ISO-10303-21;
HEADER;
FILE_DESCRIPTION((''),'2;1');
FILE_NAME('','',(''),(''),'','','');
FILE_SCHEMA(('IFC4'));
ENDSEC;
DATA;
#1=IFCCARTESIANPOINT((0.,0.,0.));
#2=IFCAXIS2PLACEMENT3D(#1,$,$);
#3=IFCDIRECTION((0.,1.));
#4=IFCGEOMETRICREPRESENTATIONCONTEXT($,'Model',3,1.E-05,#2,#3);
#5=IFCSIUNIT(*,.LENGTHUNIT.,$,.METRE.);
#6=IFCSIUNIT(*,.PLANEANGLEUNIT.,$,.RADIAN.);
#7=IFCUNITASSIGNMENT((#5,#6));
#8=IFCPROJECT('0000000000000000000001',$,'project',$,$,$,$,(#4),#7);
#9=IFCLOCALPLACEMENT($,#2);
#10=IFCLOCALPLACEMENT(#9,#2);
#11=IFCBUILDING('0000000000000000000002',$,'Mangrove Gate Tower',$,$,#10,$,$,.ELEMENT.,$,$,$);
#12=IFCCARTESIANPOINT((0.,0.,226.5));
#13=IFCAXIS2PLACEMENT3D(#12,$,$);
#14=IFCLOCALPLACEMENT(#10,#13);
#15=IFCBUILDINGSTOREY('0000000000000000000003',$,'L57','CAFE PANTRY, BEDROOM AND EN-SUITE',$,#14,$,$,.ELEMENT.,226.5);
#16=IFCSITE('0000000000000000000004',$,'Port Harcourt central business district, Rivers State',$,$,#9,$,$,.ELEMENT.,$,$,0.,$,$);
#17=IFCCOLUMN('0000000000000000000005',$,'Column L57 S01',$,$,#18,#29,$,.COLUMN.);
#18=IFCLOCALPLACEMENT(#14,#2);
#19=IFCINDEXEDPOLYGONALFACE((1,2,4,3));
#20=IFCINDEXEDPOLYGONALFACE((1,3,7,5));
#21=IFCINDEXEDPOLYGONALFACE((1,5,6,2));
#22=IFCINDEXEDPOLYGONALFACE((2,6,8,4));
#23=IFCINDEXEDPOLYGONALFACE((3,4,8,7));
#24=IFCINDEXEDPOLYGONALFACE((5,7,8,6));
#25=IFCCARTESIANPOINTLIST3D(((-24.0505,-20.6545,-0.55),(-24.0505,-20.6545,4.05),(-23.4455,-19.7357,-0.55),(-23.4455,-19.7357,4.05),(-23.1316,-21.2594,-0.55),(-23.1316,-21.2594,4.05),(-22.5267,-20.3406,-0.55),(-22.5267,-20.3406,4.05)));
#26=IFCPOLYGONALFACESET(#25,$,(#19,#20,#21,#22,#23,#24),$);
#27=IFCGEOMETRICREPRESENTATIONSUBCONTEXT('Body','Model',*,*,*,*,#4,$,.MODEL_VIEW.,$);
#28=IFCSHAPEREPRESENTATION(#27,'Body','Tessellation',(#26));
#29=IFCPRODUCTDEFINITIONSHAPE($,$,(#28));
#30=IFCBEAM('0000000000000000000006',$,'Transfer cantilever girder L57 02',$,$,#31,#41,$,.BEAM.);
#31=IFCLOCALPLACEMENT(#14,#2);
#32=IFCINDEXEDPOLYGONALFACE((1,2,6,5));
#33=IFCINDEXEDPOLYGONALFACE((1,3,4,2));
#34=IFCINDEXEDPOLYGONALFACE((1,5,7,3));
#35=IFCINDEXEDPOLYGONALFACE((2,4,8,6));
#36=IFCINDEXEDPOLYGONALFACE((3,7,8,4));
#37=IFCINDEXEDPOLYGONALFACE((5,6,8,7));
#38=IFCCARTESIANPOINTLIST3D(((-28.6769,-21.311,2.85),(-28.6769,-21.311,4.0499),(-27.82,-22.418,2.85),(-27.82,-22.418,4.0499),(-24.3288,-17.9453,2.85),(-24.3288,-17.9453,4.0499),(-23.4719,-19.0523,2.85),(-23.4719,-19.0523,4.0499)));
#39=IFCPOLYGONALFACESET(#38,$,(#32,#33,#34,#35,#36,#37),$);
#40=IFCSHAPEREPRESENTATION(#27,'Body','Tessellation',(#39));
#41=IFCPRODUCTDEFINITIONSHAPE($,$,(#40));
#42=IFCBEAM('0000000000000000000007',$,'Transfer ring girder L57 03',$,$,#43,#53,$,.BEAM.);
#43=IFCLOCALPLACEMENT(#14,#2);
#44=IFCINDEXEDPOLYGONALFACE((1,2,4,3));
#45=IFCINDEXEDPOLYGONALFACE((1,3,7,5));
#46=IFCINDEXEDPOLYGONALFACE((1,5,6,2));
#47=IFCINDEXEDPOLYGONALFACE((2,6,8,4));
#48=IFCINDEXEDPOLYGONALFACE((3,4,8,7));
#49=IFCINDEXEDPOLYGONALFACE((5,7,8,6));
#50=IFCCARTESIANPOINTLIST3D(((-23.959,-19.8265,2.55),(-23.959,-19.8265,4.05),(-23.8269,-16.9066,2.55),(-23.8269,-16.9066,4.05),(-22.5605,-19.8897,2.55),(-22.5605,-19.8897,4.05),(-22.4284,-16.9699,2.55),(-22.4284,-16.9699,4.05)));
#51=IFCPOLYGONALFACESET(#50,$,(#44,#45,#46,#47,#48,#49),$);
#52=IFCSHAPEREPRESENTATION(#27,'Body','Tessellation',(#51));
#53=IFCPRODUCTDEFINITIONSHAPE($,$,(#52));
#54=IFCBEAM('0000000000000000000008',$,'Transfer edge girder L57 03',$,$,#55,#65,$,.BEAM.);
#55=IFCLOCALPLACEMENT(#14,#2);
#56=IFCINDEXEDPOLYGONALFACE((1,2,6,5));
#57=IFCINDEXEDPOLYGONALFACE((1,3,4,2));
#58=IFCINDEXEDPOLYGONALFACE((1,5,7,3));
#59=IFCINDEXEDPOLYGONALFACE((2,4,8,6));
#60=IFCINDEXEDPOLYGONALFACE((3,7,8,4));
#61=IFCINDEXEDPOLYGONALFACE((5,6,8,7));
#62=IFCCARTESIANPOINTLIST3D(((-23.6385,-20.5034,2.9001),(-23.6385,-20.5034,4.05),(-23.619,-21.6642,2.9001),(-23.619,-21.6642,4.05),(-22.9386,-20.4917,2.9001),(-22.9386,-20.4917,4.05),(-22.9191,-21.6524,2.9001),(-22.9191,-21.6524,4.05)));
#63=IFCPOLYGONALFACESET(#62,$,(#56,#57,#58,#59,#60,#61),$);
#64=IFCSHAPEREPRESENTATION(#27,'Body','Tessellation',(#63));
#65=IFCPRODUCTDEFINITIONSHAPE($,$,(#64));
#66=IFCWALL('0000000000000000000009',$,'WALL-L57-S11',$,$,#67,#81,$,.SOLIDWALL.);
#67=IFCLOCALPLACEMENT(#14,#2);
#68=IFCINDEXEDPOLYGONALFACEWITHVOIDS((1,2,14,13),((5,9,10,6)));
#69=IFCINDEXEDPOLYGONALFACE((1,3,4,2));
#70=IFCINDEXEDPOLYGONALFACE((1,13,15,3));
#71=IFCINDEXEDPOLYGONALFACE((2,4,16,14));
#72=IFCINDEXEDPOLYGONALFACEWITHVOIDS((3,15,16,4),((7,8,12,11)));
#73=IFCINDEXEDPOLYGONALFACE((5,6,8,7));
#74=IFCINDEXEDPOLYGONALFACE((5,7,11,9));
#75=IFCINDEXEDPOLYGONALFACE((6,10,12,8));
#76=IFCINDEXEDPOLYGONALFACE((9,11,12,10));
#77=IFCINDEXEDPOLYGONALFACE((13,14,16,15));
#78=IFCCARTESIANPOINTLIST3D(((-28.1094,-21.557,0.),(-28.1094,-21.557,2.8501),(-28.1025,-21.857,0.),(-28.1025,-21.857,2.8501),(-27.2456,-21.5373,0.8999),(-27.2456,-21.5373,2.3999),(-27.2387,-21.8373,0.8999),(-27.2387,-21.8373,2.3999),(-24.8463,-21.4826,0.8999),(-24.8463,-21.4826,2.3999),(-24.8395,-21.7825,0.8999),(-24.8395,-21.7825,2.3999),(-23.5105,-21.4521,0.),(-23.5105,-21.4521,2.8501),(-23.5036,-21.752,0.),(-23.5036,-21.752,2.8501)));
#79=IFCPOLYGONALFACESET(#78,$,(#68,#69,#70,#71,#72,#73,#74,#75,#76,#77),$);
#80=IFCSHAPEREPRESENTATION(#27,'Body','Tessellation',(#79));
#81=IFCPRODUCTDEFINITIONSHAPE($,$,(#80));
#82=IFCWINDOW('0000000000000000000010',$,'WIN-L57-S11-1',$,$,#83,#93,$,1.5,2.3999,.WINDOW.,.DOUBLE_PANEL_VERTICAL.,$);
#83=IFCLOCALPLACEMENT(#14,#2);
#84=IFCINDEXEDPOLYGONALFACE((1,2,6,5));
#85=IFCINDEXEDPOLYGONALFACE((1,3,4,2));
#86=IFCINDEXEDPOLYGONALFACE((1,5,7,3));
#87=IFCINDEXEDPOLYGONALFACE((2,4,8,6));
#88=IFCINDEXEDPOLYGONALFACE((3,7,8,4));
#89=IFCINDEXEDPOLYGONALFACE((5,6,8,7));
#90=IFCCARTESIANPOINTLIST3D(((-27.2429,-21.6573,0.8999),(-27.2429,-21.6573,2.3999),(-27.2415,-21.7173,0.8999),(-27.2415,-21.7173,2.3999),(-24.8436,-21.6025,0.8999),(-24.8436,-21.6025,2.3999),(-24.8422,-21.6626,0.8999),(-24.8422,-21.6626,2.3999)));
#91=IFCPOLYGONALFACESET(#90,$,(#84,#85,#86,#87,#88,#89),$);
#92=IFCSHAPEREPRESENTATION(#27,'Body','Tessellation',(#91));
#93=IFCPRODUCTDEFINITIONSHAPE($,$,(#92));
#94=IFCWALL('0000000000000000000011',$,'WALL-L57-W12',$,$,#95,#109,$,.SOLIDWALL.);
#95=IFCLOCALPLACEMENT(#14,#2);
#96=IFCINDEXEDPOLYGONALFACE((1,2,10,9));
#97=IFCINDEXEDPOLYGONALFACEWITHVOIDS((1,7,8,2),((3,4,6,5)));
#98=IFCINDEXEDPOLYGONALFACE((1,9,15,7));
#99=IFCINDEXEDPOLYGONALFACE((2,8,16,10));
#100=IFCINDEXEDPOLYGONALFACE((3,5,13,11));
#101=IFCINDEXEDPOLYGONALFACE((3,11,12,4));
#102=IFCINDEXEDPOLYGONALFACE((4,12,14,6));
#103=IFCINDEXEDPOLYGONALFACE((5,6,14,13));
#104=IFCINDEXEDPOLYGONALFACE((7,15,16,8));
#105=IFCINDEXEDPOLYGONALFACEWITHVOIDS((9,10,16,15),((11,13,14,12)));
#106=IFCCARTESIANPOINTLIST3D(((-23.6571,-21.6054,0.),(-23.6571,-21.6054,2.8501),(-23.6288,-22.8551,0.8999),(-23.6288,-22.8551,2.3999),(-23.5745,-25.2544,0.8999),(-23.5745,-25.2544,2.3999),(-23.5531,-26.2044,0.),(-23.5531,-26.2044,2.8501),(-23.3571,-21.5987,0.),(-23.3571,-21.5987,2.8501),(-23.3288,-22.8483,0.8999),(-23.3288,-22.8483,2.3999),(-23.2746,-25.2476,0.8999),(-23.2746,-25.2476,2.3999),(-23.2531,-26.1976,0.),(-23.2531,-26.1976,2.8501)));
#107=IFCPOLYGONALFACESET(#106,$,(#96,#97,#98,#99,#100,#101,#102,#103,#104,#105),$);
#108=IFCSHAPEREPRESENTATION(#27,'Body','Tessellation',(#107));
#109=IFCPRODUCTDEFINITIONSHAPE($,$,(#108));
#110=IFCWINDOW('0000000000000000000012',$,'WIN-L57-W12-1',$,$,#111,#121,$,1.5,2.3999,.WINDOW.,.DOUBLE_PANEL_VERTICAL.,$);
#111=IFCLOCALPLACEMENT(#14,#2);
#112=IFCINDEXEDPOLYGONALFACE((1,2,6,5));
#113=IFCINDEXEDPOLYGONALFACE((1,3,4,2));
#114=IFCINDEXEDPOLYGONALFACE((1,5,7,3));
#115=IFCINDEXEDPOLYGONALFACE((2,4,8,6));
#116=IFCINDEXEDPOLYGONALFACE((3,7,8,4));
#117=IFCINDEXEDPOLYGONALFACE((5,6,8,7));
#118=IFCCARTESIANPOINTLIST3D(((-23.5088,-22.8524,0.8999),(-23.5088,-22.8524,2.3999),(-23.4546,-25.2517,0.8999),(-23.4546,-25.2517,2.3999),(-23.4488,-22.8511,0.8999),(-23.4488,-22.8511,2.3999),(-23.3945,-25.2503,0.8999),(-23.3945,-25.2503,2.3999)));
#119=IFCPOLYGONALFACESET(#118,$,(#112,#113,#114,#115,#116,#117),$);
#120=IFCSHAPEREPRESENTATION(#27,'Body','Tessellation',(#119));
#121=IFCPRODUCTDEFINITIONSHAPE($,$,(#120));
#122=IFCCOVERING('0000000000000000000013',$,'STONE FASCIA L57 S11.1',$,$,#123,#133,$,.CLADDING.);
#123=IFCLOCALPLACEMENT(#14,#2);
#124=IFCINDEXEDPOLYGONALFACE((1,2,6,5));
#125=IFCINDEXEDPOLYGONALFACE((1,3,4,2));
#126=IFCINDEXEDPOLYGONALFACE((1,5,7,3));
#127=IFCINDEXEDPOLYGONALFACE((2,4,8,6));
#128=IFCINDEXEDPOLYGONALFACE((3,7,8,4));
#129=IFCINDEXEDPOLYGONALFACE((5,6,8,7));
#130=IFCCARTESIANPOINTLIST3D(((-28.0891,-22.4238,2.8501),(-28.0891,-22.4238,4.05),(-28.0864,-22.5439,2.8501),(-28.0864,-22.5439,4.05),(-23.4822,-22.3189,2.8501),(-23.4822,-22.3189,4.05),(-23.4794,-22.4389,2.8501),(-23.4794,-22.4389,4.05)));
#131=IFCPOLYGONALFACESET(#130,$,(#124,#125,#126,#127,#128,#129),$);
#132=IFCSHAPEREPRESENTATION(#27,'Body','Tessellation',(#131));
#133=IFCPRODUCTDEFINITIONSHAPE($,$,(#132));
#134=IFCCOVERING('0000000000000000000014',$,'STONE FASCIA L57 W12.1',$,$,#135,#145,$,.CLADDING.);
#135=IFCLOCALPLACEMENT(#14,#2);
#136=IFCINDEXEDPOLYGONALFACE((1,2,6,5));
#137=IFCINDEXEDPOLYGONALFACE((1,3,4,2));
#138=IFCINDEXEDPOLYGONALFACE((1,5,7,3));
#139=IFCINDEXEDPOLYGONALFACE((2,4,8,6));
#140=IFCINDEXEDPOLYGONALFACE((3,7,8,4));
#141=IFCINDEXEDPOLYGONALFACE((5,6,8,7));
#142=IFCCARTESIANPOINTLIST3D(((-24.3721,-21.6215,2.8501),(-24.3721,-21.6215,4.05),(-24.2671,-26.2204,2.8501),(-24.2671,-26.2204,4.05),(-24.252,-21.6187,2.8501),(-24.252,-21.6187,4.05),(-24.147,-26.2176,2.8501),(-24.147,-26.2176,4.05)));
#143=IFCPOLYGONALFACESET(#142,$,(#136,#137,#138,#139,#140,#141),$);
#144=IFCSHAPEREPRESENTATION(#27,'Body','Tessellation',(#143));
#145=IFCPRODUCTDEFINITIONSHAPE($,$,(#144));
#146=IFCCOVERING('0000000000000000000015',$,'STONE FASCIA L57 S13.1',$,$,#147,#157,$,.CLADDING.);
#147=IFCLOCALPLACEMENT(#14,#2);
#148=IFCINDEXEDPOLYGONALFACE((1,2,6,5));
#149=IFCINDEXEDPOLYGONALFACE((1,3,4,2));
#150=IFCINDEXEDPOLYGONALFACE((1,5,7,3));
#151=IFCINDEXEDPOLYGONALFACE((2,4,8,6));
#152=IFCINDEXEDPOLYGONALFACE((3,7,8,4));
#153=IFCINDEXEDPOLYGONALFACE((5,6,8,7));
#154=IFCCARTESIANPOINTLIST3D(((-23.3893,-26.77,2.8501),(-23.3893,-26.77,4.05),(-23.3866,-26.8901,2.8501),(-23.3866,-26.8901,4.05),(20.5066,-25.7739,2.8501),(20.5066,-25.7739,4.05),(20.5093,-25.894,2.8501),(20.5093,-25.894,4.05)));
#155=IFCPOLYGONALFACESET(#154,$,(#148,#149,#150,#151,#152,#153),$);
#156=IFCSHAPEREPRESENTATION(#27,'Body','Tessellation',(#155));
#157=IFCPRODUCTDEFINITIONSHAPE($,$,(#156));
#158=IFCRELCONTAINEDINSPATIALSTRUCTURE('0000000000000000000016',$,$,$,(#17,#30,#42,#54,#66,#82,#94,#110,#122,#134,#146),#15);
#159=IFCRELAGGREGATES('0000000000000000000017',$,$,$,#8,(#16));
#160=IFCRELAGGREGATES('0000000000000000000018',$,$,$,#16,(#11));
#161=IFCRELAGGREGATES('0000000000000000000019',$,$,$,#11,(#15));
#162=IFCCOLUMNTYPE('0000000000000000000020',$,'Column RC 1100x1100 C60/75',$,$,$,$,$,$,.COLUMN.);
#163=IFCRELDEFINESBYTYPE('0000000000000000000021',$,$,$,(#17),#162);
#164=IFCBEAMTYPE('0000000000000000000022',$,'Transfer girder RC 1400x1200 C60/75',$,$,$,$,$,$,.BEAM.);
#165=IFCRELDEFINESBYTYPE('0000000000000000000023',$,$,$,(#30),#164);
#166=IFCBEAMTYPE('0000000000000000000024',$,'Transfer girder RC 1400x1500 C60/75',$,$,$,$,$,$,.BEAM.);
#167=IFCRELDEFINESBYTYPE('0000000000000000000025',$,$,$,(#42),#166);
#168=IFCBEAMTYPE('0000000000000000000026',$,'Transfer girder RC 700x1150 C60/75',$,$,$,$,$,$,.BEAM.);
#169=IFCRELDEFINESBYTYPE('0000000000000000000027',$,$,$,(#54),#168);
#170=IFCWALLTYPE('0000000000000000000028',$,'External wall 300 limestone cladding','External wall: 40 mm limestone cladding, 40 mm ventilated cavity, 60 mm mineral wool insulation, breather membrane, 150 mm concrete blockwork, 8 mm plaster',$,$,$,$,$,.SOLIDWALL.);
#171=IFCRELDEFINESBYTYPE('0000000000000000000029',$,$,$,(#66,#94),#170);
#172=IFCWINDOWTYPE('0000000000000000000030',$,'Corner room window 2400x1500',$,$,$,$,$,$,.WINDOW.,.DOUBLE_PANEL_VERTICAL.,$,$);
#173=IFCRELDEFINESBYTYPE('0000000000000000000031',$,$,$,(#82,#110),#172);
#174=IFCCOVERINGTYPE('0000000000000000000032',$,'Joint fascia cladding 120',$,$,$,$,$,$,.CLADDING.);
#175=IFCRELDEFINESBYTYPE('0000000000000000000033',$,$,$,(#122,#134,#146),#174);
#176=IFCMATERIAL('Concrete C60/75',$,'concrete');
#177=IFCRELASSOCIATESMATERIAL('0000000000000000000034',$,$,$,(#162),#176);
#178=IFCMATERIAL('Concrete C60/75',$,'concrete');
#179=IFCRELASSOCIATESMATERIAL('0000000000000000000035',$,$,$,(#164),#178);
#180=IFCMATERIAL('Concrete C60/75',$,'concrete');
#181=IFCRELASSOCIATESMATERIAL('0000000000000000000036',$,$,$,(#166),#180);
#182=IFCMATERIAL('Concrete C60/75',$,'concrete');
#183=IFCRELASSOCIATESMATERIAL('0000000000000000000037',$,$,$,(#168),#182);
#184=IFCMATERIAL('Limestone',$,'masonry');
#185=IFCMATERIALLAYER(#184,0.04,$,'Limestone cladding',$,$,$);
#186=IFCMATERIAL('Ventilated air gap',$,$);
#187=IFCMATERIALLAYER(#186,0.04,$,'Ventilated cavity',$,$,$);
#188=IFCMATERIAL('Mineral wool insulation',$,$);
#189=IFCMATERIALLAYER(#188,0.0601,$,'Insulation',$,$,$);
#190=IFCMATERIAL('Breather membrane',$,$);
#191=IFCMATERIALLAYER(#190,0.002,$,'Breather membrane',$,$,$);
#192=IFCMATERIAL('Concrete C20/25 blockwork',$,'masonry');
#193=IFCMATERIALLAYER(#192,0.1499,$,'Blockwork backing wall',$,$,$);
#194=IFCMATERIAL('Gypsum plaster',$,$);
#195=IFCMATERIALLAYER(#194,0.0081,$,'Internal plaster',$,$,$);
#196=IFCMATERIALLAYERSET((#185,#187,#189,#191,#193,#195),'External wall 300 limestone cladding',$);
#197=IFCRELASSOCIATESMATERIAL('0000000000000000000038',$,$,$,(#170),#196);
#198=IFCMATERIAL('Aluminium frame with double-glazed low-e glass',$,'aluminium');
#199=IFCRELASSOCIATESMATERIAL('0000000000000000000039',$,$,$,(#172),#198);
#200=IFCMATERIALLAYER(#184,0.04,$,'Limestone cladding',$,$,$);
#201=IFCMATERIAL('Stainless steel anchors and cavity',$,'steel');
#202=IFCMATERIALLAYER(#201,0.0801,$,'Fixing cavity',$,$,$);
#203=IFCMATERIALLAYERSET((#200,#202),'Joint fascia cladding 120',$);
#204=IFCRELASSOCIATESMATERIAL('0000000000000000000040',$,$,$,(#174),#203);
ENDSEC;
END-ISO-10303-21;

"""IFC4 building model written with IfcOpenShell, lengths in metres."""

from ifc_helpers import new_model, si_unit, direction, frame, frame_2d, origin, origin_2d, place, context, subcontext, project, spatial, rectangle, extrude, material, layer, layer_set, material_profile, profile_set, type_object, element, fill, save


model = new_model("IFC4")

# Units and contexts
model_context = context("Model", 3, precision=1e-05, world=origin(), true_north=direction((0.0, 1.0)))
body_context = subcontext(model_context, "Body", "Model", "MODEL_VIEW")
ifc_project = project(units=[si_unit("LENGTHUNIT", "METRE"), si_unit("PLANEANGLEUNIT", "RADIAN")], contexts=[model_context])

# Site, building, storey
site_placement = place(None, origin())
site = spatial("IfcSite", under=ifc_project, at=site_placement, Name="Port Harcourt central business district, Rivers State", CompositionType="ELEMENT", RefElevation=0.0)
building_placement = place(site_placement, origin())
building = spatial("IfcBuilding", under=site, at=building_placement, Name="Mangrove Gate Tower", CompositionType="ELEMENT")
storey_placement = place(building_placement, frame((0.0, 0.0, 226.5)))
storey = spatial("IfcBuildingStorey", under=building, at=storey_placement, Name="L57", Description="CAFE PANTRY, BEDROOM AND EN-SUITE", CompositionType="ELEMENT", Elevation=226.5)

# Column
ifc_material_1 = material(Name="Concrete C60/75", Category="concrete")
ifc_material_profile_1 = material_profile(ifc_material_1, rectangle(XDim=1.1001, YDim=1.1001, at=origin_2d()))
ifc_profile_set_1 = profile_set([ifc_material_profile_1], Name="Concrete C60/75")
column_type = type_object("IfcColumnType", Name="Column RC 1100x1100 C60/75", PredefinedType="COLUMN", material=ifc_profile_set_1)
column_placement = place(storey_placement, frame((-23.2886, -20.4976, -0.55), z_axis=(0.0, 0.0, 1.0), x_axis=(0.835229, -0.549902, 0.0)))
element("IfcColumn", 1, at=column_placement, inside=storey, type_object=column_type, Name="Column L57 S01", PredefinedType="COLUMN", context=body_context, shape_type="SweptSolid", body=[
    extrude(rectangle(XDim=1.1001, YDim=1.1001, at=origin_2d()), origin(), (0.0, 0.0, 1.0), 4.6001),
])

# Beams
ifc_material_2 = material(Name="Concrete C60/75", Category="concrete")
ifc_material_profile_2 = material_profile(ifc_material_2, rectangle(XDim=1.3999, YDim=1.2, at=origin_2d()))
ifc_profile_set_2 = profile_set([ifc_material_profile_2], Name="Concrete C60/75")
beam_type_1 = type_object("IfcBeamType", Name="Transfer girder RC 1400x1200 C60/75", PredefinedType="BEAM", material=ifc_profile_set_2)
beam_1_placement = place(storey_placement, frame((-23.9004, -18.4988, 3.45), z_axis=(-0.790775, -0.612107, 0.0), x_axis=(0.612107, -0.790775, 0.0)))
element("IfcBeam", 2, at=beam_1_placement, inside=storey, type_object=beam_type_1, Name="Transfer cantilever girder L57 02", PredefinedType="BEAM", context=body_context, shape_type="SweptSolid", body=[
    extrude(rectangle(XDim=1.3999, YDim=1.2, at=origin_2d()), origin(), (0.0, 0.0, 1.0), 5.4985),
])
ifc_material_3 = material(Name="Concrete C60/75", Category="concrete")
ifc_material_profile_3 = material_profile(ifc_material_3, rectangle(XDim=1.3999, YDim=1.5, at=origin_2d()))
ifc_profile_set_3 = profile_set([ifc_material_profile_3], Name="Concrete C60/75")
beam_type_2 = type_object("IfcBeamType", Name="Transfer girder RC 1400x1500 C60/75", PredefinedType="BEAM", material=ifc_profile_set_3)
beam_2_placement = place(storey_placement, frame((-23.1277, -16.9382, 3.3), z_axis=(-0.045188, -0.998979, 0.0), x_axis=(0.998979, -0.045188, 0.0)))
element("IfcBeam", 3, at=beam_2_placement, inside=storey, type_object=beam_type_2, Name="Transfer ring girder L57 03", PredefinedType="BEAM", context=body_context, shape_type="SweptSolid", body=[
    extrude(rectangle(XDim=1.3999, YDim=1.5, at=origin_2d()), origin(), (0.0, 0.0, 1.0), 2.9229),
])
ifc_material_4 = material(Name="Concrete C60/75", Category="concrete")
ifc_material_profile_4 = material_profile(ifc_material_4, rectangle(XDim=0.7, YDim=1.1499, at=origin_2d()))
ifc_profile_set_4 = profile_set([ifc_material_profile_4], Name="Concrete C60/75")
beam_type_3 = type_object("IfcBeamType", Name="Transfer girder RC 700x1150 C60/75", PredefinedType="BEAM", material=ifc_profile_set_4)
beam_3_placement = place(storey_placement, frame((-23.2886, -20.4976, 3.4751), z_axis=(0.016826, -0.999858, 0.0), x_axis=(0.999858, 0.016826, 0.0)))
element("IfcBeam", 4, at=beam_3_placement, inside=storey, type_object=beam_type_3, Name="Transfer edge girder L57 03", PredefinedType="BEAM", context=body_context, shape_type="SweptSolid", body=[
    extrude(rectangle(XDim=0.7, YDim=1.1499, at=origin_2d()), origin(), (0.0, 0.0, 1.0), 1.1609),
])

# Walls, openings, windows
ifc_material_5 = material(Name="Limestone", Category="masonry")
ifc_layer_1 = layer(ifc_material_5, 0.04, Name="Limestone cladding")
ifc_material_6 = material(Name="Ventilated air gap")
ifc_layer_2 = layer(ifc_material_6, 0.04, Name="Ventilated cavity")
ifc_material_7 = material(Name="Mineral wool insulation")
ifc_layer_3 = layer(ifc_material_7, 0.0601, Name="Insulation")
ifc_material_8 = material(Name="Breather membrane")
ifc_layer_4 = layer(ifc_material_8, 0.002, Name="Breather membrane")
ifc_material_9 = material(Name="Concrete C20/25 blockwork", Category="masonry")
ifc_layer_5 = layer(ifc_material_9, 0.1499, Name="Blockwork backing wall")
ifc_material_10 = material(Name="Gypsum plaster")
ifc_layer_6 = layer(ifc_material_10, 0.0081, Name="Internal plaster")
ifc_layer_set_1 = layer_set([ifc_layer_1, ifc_layer_2, ifc_layer_3, ifc_layer_4, ifc_layer_5, ifc_layer_6], Name="External wall 300 limestone cladding")
wall_type = type_object("IfcWallType", Name="External wall 300 limestone cladding", Description="External wall: 40 mm limestone cladding, 40 mm ventilated cavity, 60 mm mineral wool insulation, breather membrane, 150 mm concrete blockwork, 8 mm plaster", PredefinedType="SOLIDWALL", material=ifc_layer_set_1)
wall_1_placement = place(storey_placement, frame((-28.106, -21.707, 0.0), z_axis=(0.0, 0.0, 1.0), x_axis=(0.99974, 0.022821, 0.0)))
wall_1 = element("IfcWall", 5, at=wall_1_placement, inside=storey, type_object=wall_type, Name="WALL-L57-S11", PredefinedType="SOLIDWALL", context=body_context, shape_type="SweptSolid", body=[
    extrude(rectangle(XDim=4.6001, YDim=0.3, at=frame_2d((2.3, 0.0))), origin(), (0.0, 0.0, 1.0), 2.8501),
])
opening_1_placement = place(wall_1_placement, frame((0.864, 0.0, 0.8999)))
opening_1 = element("IfcOpeningElement", 6, at=opening_1_placement, cuts=wall_1, PredefinedType="OPENING", context=body_context, shape_type="SweptSolid", body=[
    extrude(rectangle(XDim=2.3999, YDim=1.5, at=frame_2d((1.2, 0.75))), frame((0.0, 0.1599, 0.0), z_axis=(0.0, -1.0, 0.0), x_axis=(1.0, 0.0, 0.0)), (0.0, 0.0, 1.0), 0.3201),
])
ifc_material_11 = material(Name="Aluminium frame with double-glazed low-e glass", Category="aluminium")
window_type_1 = type_object("IfcWindowType", Name="Corner room window 2400x1500", PartitioningType="DOUBLE_PANEL_VERTICAL", PredefinedType="WINDOW", material=ifc_material_11)
window_1_placement = place(opening_1_placement, origin())
window_1 = element("IfcWindow", 7, at=window_1_placement, inside=storey, type_object=window_type_1, Name="WIN-L57-S11-1", OverallHeight=1.5, OverallWidth=2.3999, PartitioningType="DOUBLE_PANEL_VERTICAL", PredefinedType="WINDOW", context=body_context, shape_type="SweptSolid", body=[
    extrude(rectangle(XDim=2.3999, YDim=1.5, at=frame_2d((1.2, 0.75))), frame((0.0, 0.03, 0.0), z_axis=(0.0, -1.0, 0.0), x_axis=(1.0, 0.0, 0.0)), (0.0, 0.0, 1.0), 0.0601),
])
fill(opening_1, window_1)
wall_2_placement = place(storey_placement, frame((-23.5071, -21.6021, 0.0), z_axis=(0.0, 0.0, 1.0), x_axis=(0.022609, -0.999744, 0.0)))
wall_2 = element("IfcWall", 8, at=wall_2_placement, inside=storey, type_object=wall_type, Name="WALL-L57-W12", PredefinedType="SOLIDWALL", context=body_context, shape_type="SweptSolid", body=[
    extrude(rectangle(XDim=4.6001, YDim=0.3, at=frame_2d((2.3, 0.0))), origin(), (0.0, 0.0, 1.0), 2.8501),
])
opening_2_placement = place(wall_2_placement, frame((1.25, 0.0, 0.8999)))
opening_2 = element("IfcOpeningElement", 9, at=opening_2_placement, cuts=wall_2, PredefinedType="OPENING", context=body_context, shape_type="SweptSolid", body=[
    extrude(rectangle(XDim=2.3999, YDim=1.5, at=frame_2d((1.2, 0.75))), frame((0.0, 0.1599, 0.0), z_axis=(0.0, -1.0, 0.0), x_axis=(1.0, 0.0, 0.0)), (0.0, 0.0, 1.0), 0.3201),
])
window_2_placement = place(opening_2_placement, origin())
window_2 = element("IfcWindow", 10, at=window_2_placement, inside=storey, type_object=window_type_1, Name="WIN-L57-W12-1", OverallHeight=1.5, OverallWidth=2.3999, PartitioningType="DOUBLE_PANEL_VERTICAL", PredefinedType="WINDOW", context=body_context, shape_type="SweptSolid", body=[
    extrude(rectangle(XDim=2.3999, YDim=1.5, at=frame_2d((1.2, 0.75))), frame((0.0, 0.03, 0.0), z_axis=(0.0, -1.0, 0.0), x_axis=(1.0, 0.0, 0.0)), (0.0, 0.0, 1.0), 0.0601),
])
fill(opening_2, window_2)

# Coverings
ifc_layer_7 = layer(ifc_material_5, 0.04, Name="Limestone cladding")
ifc_material_12 = material(Name="Stainless steel anchors and cavity", Category="steel")
ifc_layer_8 = layer(ifc_material_12, 0.0801, Name="Fixing cavity")
ifc_layer_set_2 = layer_set([ifc_layer_7, ifc_layer_8], Name="Joint fascia cladding 120")
covering_type = type_object("IfcCoveringType", Name="Joint fascia cladding 120", PredefinedType="CLADDING", material=ifc_layer_set_2)
covering_1_placement = place(storey_placement, frame((-28.0879, -22.4839, 2.8501), z_axis=(0.0, 0.0, 1.0), x_axis=(0.99974, 0.022782, 0.0)))
element("IfcCovering", 11, at=covering_1_placement, inside=storey, type_object=covering_type, Name="STONE FASCIA L57 S11.1", PredefinedType="CLADDING", context=body_context, shape_type="SweptSolid", body=[
    extrude(rectangle(XDim=4.6082, YDim=0.1201, at=frame_2d((2.3042, 0.0))), origin(), (0.0, 0.0, 1.0), 1.2),
])
covering_2_placement = place(storey_placement, frame((-24.312, -21.6201, 2.8501), z_axis=(0.0, 0.0, 1.0), x_axis=(0.022821, -0.99974, 0.0)))
element("IfcCovering", 12, at=covering_2_placement, inside=storey, type_object=covering_type, Name="STONE FASCIA L57 W12.1", PredefinedType="CLADDING", context=body_context, shape_type="SweptSolid", body=[
    extrude(rectangle(XDim=4.6001, YDim=0.1201, at=frame_2d((2.3, 0.0))), origin(), (0.0, 0.0, 1.0), 1.2),
])
covering_3_placement = place(storey_placement, frame((-23.3879, -26.8301, 2.8501), z_axis=(0.0, 0.0, 1.0), x_axis=(0.999743, 0.022686, 0.0)))
element("IfcCovering", 13, at=covering_3_placement, inside=storey, type_object=covering_type, Name="STONE FASCIA L57 S13.1", PredefinedType="CLADDING", context=body_context, shape_type="SweptSolid", body=[
    extrude(rectangle(XDim=43.9072, YDim=0.1201, at=frame_2d((21.9536, 0.0))), origin(), (0.0, 0.0, 1.0), 1.2),
])

save(model, "model.ifc")
